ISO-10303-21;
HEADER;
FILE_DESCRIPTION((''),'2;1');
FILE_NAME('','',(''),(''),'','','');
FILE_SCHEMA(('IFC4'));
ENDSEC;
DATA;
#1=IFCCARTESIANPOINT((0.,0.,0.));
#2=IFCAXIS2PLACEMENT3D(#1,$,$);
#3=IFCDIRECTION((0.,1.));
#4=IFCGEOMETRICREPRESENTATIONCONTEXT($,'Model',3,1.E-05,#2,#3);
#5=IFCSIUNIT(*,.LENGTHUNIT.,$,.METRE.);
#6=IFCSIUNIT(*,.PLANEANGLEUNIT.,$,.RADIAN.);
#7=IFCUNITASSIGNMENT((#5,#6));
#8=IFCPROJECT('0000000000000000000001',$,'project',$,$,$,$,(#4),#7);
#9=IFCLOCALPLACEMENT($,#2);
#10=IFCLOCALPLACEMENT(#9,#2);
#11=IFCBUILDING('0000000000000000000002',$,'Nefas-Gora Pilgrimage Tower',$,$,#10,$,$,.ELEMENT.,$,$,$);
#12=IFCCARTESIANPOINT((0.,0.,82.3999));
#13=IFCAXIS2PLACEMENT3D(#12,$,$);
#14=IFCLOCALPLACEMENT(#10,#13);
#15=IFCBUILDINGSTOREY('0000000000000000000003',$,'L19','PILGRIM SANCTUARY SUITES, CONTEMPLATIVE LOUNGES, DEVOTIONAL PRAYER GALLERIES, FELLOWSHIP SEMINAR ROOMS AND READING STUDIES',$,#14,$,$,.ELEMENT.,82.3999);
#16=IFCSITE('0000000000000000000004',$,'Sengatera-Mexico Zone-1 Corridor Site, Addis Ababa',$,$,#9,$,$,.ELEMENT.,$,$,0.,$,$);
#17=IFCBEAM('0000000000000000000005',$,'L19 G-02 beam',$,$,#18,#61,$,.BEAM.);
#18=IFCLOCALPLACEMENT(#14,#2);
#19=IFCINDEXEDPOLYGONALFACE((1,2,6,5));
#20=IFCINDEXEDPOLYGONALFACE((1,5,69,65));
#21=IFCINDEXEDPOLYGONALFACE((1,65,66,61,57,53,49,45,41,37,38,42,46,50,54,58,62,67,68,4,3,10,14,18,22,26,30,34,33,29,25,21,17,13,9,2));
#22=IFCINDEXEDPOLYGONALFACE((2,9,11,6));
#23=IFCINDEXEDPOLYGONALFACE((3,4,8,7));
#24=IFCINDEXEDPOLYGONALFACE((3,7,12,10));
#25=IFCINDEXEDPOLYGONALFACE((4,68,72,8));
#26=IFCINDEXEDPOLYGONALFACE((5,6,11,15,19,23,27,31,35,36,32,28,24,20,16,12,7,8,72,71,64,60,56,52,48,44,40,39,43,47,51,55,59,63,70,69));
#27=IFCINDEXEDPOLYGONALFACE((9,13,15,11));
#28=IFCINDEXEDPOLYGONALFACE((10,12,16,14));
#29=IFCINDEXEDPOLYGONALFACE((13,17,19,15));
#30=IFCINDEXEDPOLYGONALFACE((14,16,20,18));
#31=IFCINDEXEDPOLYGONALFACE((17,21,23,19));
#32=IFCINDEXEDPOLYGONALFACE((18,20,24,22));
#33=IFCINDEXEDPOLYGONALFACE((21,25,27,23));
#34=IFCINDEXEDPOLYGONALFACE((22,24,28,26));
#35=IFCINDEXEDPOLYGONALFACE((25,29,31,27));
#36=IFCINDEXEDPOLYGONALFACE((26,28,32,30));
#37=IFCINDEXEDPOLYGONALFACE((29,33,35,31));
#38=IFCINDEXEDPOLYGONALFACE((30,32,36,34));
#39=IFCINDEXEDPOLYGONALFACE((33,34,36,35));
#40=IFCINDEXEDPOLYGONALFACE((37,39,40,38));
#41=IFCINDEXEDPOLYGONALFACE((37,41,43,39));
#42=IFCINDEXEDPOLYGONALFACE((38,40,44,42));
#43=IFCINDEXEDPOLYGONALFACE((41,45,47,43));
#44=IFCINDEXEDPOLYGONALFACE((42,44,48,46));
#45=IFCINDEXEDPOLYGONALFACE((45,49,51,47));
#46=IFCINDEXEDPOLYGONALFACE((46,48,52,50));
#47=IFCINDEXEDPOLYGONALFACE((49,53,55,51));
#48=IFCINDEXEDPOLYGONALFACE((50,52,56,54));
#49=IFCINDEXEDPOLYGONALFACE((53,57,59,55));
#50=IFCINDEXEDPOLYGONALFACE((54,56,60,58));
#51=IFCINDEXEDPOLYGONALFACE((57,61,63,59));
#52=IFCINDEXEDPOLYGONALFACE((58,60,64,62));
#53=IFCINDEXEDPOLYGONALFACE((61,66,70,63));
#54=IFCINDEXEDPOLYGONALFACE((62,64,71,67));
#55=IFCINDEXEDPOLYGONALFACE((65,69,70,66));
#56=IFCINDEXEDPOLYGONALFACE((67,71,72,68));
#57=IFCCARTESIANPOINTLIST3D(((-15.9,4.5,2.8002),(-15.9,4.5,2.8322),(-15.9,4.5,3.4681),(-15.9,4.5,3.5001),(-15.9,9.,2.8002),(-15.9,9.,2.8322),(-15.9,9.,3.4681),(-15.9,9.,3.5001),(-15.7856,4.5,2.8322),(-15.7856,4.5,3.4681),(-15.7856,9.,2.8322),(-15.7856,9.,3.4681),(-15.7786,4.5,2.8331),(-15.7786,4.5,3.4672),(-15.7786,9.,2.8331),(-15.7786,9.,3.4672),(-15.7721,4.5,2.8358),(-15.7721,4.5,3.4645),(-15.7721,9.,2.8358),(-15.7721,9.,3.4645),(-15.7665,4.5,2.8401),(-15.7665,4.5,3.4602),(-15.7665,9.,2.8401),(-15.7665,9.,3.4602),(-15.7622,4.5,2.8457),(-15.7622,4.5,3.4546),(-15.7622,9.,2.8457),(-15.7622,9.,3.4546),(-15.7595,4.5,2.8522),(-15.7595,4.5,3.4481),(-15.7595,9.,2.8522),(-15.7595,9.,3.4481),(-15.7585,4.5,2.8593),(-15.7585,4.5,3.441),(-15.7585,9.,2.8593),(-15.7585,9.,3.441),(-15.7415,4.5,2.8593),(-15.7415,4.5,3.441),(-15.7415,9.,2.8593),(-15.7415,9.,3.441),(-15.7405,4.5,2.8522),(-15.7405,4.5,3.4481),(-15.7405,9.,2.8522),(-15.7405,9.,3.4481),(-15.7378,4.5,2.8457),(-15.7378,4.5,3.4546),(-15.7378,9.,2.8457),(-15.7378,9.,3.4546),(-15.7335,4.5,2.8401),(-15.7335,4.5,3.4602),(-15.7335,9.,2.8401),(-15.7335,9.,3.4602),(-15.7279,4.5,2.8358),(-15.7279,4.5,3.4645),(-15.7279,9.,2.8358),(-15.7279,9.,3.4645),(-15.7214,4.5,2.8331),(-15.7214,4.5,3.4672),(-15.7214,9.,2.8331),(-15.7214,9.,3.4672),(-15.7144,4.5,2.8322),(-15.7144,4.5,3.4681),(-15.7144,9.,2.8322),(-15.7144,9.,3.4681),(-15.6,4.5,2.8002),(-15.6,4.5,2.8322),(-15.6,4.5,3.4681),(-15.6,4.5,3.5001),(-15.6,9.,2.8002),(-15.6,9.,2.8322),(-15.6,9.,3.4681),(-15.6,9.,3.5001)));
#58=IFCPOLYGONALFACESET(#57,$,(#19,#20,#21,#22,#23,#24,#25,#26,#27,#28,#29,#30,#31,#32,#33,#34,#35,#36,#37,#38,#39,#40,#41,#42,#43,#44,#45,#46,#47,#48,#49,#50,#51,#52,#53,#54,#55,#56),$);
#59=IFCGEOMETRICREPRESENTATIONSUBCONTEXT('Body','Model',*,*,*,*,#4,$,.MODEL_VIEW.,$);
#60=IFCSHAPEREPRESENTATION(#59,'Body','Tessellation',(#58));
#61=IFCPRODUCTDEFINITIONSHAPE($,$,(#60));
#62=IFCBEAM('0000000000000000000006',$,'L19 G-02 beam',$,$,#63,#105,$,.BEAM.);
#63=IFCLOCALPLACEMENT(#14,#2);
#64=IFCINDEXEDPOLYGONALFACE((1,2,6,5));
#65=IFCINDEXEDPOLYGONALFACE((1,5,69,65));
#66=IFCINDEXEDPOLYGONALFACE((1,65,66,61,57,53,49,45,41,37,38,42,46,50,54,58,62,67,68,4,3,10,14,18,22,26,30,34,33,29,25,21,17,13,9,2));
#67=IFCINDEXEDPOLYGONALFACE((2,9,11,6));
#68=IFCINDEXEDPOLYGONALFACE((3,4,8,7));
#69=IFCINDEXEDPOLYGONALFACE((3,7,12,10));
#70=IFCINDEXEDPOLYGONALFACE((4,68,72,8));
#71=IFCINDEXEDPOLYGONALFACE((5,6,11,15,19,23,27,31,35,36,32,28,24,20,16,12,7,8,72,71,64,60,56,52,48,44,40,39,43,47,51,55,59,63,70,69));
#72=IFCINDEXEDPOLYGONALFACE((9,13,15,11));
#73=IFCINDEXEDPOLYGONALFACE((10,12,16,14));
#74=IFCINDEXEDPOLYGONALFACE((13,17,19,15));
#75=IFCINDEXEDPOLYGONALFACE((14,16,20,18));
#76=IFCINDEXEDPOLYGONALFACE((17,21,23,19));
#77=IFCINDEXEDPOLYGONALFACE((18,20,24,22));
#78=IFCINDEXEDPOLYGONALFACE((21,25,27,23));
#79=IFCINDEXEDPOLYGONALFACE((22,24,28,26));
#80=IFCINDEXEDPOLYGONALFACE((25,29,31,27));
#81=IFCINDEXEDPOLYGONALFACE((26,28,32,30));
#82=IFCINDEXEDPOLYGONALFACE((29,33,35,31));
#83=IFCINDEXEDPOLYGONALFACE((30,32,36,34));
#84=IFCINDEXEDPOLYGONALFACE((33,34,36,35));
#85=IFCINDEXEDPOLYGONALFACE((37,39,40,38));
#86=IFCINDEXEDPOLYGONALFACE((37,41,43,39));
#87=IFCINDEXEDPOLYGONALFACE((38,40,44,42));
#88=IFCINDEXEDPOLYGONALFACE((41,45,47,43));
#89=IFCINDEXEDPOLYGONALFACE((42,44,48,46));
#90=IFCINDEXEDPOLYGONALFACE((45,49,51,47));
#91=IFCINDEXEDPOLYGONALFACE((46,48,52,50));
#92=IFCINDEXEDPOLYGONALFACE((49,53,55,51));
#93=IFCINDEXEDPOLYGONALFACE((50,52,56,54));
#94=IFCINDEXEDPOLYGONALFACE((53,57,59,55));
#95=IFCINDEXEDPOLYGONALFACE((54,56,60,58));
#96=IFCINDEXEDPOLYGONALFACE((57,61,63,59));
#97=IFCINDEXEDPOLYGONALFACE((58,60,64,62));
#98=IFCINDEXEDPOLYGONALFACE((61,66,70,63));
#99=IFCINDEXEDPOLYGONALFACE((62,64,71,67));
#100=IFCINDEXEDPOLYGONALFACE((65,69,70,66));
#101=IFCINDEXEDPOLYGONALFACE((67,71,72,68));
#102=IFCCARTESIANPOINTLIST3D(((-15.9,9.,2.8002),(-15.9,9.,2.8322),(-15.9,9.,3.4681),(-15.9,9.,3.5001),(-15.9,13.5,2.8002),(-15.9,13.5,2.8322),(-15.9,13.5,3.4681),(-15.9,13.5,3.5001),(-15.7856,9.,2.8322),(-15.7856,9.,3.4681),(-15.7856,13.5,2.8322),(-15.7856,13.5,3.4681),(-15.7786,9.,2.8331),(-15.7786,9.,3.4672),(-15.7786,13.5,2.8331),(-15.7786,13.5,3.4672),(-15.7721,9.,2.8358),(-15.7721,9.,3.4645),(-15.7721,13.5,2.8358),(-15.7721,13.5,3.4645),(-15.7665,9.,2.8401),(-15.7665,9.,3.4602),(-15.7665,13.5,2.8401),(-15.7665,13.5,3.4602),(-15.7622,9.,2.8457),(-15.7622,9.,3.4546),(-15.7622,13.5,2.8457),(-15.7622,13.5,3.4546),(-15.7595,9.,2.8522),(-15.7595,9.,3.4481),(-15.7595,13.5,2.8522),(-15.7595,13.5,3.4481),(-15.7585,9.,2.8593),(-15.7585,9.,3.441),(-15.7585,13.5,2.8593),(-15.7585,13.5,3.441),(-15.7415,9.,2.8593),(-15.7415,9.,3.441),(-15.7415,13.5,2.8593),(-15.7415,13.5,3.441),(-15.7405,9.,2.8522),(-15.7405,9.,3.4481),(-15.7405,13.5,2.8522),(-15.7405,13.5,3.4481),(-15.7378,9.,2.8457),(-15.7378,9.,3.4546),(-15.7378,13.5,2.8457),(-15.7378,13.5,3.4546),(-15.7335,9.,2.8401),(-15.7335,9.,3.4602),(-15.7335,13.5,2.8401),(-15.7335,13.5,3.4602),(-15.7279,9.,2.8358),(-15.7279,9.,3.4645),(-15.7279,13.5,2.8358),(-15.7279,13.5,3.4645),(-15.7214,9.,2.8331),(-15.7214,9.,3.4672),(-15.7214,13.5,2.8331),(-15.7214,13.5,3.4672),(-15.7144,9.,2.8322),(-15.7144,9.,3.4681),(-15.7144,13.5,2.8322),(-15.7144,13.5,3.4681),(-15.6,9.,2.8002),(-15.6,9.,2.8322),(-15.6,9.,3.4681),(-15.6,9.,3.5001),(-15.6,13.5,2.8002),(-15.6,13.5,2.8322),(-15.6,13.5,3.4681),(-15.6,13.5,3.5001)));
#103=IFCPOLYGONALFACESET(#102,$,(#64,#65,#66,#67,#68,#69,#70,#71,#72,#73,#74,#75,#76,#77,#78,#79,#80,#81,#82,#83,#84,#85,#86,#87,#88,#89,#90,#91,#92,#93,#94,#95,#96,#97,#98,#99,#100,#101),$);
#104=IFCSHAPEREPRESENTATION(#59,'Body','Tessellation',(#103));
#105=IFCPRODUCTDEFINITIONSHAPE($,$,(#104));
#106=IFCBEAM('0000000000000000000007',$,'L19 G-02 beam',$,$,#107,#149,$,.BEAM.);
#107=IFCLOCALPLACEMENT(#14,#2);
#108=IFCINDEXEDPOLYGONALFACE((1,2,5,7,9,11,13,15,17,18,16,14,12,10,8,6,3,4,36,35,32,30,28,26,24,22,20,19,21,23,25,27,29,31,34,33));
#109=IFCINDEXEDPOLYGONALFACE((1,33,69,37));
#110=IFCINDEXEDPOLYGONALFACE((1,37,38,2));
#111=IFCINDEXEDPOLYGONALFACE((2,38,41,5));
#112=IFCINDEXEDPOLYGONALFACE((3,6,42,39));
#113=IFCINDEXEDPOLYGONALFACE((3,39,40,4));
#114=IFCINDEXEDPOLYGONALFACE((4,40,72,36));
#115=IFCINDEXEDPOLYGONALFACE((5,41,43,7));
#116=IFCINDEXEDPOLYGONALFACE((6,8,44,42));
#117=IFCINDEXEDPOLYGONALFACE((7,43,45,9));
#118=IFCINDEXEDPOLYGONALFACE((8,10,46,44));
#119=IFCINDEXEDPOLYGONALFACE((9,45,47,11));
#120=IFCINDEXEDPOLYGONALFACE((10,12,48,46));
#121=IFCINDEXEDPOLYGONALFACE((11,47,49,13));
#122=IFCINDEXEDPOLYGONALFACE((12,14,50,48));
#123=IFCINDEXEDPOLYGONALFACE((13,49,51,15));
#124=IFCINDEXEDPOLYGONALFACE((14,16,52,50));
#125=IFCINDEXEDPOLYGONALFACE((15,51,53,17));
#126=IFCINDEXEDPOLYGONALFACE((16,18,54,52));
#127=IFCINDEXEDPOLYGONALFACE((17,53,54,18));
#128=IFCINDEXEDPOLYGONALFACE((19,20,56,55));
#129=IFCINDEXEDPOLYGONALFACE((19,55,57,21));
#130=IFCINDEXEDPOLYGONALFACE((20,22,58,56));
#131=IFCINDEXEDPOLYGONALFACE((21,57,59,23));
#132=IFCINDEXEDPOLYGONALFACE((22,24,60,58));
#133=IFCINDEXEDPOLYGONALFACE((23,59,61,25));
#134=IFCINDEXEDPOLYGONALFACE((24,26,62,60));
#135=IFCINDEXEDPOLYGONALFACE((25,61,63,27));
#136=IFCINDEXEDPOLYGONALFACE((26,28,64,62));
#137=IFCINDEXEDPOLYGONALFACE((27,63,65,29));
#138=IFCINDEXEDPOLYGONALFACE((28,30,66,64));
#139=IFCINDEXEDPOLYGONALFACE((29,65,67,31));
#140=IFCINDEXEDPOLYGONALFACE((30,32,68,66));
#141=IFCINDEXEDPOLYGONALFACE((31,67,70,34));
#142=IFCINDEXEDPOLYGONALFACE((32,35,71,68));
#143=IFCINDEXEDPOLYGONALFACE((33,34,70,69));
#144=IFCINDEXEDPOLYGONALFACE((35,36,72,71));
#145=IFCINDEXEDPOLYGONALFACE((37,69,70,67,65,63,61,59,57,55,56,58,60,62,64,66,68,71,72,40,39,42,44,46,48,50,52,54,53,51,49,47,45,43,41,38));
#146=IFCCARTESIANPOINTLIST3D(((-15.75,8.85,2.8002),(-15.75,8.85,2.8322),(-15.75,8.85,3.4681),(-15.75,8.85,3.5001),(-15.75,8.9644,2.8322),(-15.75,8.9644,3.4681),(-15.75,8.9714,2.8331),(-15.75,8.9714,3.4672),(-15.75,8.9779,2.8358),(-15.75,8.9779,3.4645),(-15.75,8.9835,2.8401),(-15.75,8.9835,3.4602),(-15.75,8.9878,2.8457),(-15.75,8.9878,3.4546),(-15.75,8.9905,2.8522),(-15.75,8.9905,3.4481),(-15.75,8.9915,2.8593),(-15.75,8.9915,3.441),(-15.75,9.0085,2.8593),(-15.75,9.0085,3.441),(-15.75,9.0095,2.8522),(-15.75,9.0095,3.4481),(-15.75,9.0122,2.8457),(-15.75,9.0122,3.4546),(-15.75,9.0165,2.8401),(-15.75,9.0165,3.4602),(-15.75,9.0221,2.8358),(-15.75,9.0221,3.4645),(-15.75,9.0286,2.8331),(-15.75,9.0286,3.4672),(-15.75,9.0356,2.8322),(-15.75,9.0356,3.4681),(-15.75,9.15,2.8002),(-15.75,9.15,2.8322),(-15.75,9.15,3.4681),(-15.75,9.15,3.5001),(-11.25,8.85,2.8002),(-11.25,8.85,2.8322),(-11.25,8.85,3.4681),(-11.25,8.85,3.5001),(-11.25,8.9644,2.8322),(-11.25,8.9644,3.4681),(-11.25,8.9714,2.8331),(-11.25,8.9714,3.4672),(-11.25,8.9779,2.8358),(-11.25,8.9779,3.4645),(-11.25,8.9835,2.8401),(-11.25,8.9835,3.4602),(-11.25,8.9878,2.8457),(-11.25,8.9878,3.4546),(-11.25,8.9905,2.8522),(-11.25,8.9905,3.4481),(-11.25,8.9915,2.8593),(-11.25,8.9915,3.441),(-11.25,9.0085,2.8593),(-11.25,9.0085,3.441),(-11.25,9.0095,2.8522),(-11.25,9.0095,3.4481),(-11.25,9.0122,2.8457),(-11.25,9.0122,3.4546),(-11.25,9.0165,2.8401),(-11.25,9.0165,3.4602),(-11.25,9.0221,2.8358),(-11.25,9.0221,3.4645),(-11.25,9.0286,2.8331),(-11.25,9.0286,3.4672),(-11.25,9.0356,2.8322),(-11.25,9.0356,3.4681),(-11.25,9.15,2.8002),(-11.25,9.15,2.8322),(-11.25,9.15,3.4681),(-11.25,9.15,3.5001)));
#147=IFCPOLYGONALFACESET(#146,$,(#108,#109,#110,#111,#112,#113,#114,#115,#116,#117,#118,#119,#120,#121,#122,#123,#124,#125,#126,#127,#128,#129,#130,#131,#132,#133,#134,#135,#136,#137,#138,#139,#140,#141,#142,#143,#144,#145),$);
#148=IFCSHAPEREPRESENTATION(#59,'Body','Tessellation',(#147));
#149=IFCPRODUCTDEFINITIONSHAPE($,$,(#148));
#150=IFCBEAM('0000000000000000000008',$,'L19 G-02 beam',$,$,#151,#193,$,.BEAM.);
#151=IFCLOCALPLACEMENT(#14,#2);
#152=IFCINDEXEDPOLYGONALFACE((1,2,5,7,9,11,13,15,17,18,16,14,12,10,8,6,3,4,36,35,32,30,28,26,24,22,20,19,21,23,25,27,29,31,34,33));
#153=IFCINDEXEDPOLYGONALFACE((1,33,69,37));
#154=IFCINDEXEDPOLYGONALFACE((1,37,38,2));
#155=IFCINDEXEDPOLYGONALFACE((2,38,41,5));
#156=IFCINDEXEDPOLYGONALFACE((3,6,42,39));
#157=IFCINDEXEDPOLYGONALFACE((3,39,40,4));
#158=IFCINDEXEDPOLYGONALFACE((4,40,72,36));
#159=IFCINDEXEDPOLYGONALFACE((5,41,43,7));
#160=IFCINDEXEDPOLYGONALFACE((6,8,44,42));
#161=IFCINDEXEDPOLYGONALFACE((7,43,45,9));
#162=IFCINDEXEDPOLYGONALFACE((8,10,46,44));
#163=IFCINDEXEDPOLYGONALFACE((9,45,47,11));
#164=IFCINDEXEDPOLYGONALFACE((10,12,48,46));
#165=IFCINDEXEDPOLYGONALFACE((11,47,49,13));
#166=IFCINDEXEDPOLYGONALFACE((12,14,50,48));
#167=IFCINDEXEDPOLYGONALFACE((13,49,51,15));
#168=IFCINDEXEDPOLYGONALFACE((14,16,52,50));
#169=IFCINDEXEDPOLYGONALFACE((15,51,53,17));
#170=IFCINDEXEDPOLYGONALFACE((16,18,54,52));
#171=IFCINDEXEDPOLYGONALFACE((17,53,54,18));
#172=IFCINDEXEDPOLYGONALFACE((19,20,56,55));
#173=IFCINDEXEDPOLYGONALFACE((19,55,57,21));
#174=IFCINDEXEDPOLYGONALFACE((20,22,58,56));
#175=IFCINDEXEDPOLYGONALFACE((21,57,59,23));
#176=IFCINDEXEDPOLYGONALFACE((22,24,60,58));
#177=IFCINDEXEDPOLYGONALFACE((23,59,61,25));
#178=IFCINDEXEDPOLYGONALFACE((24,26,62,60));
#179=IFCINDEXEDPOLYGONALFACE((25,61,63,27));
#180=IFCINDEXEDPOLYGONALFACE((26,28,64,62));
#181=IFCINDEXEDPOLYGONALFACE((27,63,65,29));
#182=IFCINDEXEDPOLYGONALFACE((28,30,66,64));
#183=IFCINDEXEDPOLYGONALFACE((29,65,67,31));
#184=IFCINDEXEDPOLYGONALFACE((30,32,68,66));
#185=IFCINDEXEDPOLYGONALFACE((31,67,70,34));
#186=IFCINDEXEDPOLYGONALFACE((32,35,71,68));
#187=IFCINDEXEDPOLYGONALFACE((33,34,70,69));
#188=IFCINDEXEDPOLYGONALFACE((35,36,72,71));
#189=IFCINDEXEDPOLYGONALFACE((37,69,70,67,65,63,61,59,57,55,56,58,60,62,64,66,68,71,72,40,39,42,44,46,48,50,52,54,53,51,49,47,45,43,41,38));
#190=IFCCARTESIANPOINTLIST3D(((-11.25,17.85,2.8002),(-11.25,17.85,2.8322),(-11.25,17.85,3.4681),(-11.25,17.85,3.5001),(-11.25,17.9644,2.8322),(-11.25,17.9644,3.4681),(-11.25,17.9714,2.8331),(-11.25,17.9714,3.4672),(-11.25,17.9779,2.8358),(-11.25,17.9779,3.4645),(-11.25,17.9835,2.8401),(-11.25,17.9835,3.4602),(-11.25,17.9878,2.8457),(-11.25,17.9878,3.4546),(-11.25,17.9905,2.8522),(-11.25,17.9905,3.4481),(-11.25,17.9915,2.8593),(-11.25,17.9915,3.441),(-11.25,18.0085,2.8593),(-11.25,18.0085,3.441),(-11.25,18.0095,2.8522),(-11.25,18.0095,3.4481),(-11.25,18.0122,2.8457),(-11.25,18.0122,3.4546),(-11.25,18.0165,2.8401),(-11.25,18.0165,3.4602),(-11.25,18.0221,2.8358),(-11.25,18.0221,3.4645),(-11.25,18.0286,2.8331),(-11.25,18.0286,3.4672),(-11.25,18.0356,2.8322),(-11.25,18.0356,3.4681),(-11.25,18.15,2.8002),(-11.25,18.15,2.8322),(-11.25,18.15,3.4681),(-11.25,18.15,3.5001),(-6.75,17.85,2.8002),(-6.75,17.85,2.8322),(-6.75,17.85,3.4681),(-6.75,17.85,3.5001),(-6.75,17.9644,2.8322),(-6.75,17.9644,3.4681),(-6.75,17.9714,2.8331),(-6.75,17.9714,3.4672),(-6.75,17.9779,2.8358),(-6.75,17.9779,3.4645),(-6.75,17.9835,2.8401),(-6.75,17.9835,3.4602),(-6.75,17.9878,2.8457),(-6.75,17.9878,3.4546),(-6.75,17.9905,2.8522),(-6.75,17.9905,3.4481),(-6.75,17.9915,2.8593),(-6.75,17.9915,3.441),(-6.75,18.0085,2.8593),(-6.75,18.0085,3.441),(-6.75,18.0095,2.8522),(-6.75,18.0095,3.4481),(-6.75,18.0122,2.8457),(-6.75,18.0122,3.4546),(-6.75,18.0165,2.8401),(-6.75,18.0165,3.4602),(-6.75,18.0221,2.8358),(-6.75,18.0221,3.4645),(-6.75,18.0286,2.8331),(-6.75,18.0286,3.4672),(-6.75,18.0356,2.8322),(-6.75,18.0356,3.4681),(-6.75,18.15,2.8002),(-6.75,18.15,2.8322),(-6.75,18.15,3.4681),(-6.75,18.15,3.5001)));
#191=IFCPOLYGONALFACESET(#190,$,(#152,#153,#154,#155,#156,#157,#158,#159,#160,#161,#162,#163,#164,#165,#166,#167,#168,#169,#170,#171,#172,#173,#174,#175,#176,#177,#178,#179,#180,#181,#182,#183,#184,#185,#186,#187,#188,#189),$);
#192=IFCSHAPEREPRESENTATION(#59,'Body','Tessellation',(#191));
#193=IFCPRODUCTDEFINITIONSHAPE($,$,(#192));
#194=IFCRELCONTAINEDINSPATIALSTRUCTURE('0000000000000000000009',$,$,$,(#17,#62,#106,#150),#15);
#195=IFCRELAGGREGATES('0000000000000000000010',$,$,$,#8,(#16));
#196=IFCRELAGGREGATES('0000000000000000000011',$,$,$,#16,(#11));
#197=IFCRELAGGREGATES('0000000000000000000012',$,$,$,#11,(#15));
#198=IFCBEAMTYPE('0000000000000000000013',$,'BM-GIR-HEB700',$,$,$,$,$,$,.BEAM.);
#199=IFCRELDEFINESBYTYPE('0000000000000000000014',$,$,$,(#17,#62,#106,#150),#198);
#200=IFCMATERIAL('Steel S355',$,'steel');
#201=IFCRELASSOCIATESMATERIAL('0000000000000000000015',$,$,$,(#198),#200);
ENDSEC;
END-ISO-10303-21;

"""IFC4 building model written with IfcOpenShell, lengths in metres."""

from ifc_helpers import new_model, si_unit, direction, frame, origin, origin_2d, place, context, subcontext, project, spatial, i_section, extrude, source, transform, mapped, material, material_profile, profile_set, type_object, element, save


model = new_model("IFC4")

# Units and contexts
model_context = context("Model", 3, precision=1e-05, world=origin(), true_north=direction((0.0, 1.0)))
body_context = subcontext(model_context, "Body", "Model", "MODEL_VIEW")
ifc_project = project(units=[si_unit("LENGTHUNIT", "METRE"), si_unit("PLANEANGLEUNIT", "RADIAN")], contexts=[model_context])

# Site, building, storey
site_placement = place(None, origin())
site = spatial("IfcSite", under=ifc_project, at=site_placement, Name="Sengatera-Mexico Zone-1 Corridor Site, Addis Ababa", CompositionType="ELEMENT", RefElevation=0.0)
building_placement = place(site_placement, origin())
building = spatial("IfcBuilding", under=site, at=building_placement, Name="Nefas-Gora Pilgrimage Tower", CompositionType="ELEMENT")
storey_placement = place(building_placement, frame((0.0, 0.0, 82.3999)))
storey = spatial("IfcBuildingStorey", under=building, at=storey_placement, Name="L19", Description="PILGRIM SANCTUARY SUITES, CONTEMPLATIVE LOUNGES, DEVOTIONAL PRAYER GALLERIES, FELLOWSHIP SEMINAR ROOMS AND READING STUDIES", CompositionType="ELEMENT", Elevation=82.3999)

# Beams
ifc_material_1 = material(Name="Steel S355", Category="steel")
ifc_material_profile_1 = material_profile(ifc_material_1, i_section(OverallWidth=0.3, OverallDepth=0.7, WebThickness=0.0171, FlangeThickness=0.032, FilletRadius=0.0271, at=origin_2d()), Name="HEB 700")
ifc_profile_set_1 = profile_set([ifc_material_profile_1], Name="Steel S355")
beam_type_1 = type_object("IfcBeamType", Name="BM-GIR-HEB700", PredefinedType="BEAM", material=ifc_profile_set_1)
shared_shape_1 = source(origin(), body_context, "Body", "SweptSolid", [
    extrude(i_section(OverallWidth=0.3, OverallDepth=0.7, WebThickness=0.0171, FlangeThickness=0.032, FilletRadius=0.0271, at=origin_2d()), origin(), (0.0, 0.0, 1.0), 4.5),
])
for number, where, z_axis, x_axis, name in (
    (1, (-15.75, 4.5, 3.1501), (0.0, 1.0, 0.0), (-1.0, 0.0, 0.0), "L19 G-02 beam"),
    (2, (-15.75, 9.0, 3.1501), (0.0, 1.0, 0.0), (-1.0, 0.0, 0.0), "L19 G-02 beam"),
    (3, (-15.75, 9.0, 3.1501), (1.0, 0.0, 0.0), (0.0, 1.0, 0.0), "L19 G-02 beam"),
    (4, (-11.25, 18.0, 3.1501), (1.0, 0.0, 0.0), (0.0, 1.0, 0.0), "L19 G-02 beam"),
):
    element("IfcBeam", number, at=place(storey_placement, frame(where, z_axis=z_axis, x_axis=x_axis)), inside=storey, type_object=beam_type_1, Name=name, PredefinedType="BEAM", context=body_context, shape_type="MappedRepresentation", body=[
        mapped(shared_shape_1, transform((0.0, 0.0, 0.0), x_axis=(1.0, 0.0, 0.0), y_axis=(0.0, 1.0, 0.0), z_axis=(0.0, 0.0, 1.0), scale=1.0)),
    ])

save(model, "model.ifc")
